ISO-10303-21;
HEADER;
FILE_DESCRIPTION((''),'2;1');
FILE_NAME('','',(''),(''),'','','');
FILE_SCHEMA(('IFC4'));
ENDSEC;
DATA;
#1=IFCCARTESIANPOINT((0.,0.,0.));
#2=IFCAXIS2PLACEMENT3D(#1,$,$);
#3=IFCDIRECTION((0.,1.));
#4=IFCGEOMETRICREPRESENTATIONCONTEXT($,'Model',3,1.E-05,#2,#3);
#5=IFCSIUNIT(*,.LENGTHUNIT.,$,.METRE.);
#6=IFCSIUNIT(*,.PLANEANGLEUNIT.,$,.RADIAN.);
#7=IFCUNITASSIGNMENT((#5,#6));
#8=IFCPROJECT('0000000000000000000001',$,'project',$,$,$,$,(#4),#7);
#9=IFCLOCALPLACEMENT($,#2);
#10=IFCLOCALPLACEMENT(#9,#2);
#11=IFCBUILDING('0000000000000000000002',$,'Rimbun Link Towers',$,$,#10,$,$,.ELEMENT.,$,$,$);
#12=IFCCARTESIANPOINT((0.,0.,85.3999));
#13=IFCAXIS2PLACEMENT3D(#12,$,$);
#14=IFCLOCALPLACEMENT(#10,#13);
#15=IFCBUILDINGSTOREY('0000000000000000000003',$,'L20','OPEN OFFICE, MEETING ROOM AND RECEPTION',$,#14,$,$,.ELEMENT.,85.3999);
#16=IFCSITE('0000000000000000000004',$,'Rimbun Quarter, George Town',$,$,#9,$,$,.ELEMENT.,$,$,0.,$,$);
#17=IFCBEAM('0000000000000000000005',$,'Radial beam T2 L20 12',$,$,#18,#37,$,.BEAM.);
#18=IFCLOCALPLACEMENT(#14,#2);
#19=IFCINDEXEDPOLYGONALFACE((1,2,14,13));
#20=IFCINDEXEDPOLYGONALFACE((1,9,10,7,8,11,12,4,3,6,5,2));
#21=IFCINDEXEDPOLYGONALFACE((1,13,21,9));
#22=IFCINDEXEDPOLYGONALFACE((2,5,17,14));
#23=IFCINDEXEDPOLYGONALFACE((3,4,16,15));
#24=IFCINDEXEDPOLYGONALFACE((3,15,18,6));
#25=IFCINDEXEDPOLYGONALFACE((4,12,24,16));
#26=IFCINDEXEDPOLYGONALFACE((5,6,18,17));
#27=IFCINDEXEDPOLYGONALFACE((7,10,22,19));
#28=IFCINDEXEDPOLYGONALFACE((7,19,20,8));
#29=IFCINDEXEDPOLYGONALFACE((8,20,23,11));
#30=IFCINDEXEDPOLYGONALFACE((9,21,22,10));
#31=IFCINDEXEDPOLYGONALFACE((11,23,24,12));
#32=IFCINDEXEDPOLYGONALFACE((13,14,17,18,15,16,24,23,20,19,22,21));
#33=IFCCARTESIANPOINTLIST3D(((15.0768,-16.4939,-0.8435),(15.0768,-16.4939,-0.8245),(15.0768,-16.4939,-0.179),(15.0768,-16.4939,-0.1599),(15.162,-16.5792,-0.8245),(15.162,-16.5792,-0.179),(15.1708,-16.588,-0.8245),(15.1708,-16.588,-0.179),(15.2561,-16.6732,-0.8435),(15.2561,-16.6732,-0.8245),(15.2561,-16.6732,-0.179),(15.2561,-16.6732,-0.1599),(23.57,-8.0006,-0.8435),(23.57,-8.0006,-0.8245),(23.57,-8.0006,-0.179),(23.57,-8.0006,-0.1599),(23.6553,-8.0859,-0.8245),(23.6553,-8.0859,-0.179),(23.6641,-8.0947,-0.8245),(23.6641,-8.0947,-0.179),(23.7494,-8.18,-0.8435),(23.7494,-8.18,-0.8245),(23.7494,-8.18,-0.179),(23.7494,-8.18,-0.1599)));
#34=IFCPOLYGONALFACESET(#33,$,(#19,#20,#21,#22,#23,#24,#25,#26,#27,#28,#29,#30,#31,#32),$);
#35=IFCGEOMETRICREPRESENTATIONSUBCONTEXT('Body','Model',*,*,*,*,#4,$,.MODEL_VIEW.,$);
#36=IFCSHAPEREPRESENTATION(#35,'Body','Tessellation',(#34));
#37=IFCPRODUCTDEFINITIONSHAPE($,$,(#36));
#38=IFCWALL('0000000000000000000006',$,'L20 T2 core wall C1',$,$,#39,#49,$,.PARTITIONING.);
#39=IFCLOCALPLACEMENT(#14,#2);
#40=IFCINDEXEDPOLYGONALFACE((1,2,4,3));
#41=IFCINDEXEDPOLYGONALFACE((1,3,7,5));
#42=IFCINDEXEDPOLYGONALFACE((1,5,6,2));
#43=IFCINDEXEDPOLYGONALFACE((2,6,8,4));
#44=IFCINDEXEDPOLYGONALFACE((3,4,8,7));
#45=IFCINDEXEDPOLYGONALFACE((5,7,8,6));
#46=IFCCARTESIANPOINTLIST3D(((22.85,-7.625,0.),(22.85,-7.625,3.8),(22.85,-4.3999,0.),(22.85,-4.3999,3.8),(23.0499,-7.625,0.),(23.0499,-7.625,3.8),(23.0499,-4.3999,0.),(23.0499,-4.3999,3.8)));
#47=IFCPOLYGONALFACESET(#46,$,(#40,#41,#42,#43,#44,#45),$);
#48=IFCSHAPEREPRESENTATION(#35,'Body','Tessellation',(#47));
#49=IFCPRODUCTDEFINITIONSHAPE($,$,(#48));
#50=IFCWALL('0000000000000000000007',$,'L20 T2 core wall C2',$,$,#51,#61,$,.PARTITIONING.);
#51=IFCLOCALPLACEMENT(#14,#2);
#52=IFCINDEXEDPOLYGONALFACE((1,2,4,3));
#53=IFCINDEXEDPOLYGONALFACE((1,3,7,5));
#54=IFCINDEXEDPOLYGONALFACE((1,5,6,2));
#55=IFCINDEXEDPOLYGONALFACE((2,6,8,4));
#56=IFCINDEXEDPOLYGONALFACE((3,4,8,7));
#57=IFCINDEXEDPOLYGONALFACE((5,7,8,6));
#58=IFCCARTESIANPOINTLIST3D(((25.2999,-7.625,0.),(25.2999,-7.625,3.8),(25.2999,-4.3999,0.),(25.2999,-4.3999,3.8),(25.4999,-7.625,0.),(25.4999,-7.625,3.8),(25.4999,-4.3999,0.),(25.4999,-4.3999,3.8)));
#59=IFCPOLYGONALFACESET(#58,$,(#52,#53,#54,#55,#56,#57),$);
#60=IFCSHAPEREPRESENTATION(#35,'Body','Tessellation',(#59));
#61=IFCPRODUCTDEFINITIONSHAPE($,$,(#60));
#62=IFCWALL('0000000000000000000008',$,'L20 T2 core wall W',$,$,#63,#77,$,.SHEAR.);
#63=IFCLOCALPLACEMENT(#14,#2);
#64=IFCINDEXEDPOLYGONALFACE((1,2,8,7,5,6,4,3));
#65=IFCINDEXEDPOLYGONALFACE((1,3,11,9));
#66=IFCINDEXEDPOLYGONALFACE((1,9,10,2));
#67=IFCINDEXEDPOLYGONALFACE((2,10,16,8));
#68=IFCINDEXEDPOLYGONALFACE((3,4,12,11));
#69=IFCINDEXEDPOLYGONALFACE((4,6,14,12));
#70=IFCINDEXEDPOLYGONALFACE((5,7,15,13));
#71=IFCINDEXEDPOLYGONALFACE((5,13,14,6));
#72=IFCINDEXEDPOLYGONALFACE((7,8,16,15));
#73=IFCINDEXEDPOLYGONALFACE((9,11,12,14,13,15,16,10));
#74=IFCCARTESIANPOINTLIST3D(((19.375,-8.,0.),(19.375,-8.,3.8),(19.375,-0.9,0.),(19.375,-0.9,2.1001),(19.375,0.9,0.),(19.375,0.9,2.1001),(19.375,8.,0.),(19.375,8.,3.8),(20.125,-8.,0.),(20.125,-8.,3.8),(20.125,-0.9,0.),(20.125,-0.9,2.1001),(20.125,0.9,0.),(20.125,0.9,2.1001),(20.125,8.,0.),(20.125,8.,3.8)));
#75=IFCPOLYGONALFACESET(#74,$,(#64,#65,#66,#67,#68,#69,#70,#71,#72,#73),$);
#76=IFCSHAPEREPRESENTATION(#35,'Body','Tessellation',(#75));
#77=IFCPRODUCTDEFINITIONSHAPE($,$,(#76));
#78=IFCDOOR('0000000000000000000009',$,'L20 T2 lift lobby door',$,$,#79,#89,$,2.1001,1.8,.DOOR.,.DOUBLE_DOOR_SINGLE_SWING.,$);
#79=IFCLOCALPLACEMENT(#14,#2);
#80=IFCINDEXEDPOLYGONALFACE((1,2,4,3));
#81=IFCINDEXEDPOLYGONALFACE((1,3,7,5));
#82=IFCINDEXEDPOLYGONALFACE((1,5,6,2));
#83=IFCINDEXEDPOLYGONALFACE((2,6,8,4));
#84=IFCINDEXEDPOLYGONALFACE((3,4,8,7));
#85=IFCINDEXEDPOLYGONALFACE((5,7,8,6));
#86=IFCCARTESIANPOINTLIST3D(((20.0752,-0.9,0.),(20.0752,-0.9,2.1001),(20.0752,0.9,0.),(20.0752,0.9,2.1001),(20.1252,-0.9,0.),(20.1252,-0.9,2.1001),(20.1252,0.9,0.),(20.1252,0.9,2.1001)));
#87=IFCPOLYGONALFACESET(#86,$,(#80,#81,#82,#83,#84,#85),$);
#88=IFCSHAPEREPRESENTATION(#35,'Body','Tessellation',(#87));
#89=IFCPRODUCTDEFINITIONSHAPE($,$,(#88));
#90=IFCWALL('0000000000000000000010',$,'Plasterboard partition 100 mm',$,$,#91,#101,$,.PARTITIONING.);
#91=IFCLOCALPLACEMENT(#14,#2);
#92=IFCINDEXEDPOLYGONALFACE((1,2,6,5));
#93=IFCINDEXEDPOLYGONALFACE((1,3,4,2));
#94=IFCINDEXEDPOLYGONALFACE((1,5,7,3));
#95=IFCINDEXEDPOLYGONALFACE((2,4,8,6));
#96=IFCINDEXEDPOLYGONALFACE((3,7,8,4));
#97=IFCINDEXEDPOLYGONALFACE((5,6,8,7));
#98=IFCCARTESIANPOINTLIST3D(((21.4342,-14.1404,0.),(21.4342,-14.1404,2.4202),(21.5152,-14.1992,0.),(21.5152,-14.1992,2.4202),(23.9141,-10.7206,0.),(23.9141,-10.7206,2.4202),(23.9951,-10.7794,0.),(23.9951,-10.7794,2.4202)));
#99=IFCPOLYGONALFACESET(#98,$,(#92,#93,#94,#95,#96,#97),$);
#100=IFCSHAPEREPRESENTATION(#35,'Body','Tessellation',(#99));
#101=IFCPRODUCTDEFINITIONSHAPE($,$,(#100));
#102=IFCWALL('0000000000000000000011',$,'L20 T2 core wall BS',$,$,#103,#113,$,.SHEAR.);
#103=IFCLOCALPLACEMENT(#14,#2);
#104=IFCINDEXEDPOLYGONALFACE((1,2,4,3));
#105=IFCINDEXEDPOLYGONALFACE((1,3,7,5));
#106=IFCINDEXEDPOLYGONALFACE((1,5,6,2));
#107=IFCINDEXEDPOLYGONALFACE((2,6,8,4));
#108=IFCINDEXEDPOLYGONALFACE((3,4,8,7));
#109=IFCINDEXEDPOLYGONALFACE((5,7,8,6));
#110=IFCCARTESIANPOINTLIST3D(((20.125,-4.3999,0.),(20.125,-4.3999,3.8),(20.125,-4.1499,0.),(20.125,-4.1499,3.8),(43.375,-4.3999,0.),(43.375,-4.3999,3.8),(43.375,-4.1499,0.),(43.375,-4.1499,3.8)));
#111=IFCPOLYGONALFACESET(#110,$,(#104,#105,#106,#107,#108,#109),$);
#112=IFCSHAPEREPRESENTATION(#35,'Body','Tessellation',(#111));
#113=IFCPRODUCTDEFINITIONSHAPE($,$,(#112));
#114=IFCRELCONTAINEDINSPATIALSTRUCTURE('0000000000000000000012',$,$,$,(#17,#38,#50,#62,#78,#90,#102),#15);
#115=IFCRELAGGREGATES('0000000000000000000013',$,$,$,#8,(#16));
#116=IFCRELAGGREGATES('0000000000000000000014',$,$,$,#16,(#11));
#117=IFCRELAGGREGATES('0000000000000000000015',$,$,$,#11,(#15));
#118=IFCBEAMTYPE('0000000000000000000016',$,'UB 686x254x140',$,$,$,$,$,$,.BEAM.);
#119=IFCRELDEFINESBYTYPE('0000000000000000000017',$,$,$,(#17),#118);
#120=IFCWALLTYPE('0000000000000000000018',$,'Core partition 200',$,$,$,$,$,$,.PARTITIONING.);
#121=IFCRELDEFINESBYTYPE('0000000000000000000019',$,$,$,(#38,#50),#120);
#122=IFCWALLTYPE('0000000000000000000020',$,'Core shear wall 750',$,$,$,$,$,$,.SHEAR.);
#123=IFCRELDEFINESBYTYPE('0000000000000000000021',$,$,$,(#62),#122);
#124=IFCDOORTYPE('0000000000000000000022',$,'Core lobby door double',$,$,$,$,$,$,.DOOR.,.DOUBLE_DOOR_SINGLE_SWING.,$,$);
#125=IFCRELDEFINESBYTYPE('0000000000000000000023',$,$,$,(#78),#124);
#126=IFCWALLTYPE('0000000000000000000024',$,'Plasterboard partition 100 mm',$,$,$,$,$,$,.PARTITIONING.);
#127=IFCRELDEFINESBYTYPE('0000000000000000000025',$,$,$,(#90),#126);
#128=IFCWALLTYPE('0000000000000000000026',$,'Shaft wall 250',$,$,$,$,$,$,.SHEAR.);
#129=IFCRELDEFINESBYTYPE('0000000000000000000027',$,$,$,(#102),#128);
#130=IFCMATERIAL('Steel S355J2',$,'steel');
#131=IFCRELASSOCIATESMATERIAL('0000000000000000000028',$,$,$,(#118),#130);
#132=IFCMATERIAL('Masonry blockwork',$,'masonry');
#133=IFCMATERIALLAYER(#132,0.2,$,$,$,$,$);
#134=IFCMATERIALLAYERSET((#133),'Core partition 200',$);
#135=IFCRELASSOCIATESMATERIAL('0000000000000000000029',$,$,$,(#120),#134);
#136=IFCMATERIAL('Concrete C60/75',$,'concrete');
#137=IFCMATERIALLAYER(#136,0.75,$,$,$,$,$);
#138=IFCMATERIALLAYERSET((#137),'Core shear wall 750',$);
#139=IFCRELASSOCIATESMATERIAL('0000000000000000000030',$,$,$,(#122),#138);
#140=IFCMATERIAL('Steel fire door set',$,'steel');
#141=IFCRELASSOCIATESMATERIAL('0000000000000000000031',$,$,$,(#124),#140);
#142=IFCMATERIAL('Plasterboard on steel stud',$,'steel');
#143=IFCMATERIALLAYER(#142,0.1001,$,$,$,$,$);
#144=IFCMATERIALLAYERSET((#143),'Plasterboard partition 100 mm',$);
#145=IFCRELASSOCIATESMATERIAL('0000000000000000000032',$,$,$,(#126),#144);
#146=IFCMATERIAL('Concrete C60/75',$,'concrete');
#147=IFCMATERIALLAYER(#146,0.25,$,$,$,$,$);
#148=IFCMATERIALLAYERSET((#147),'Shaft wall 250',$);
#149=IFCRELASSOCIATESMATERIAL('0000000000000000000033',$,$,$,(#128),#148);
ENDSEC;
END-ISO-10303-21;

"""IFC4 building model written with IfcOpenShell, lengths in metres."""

from ifc_helpers import new_model, si_unit, direction, frame, frame_2d, origin, origin_2d, place, context, subcontext, project, spatial, rectangle, i_section, extrude, material, layer, layer_set, material_profile, profile_set, type_object, element, fill, save


model = new_model("IFC4")

# Units and contexts
model_context = context("Model", 3, precision=1e-05, world=origin(), true_north=direction((0.0, 1.0)))
body_context = subcontext(model_context, "Body", "Model", "MODEL_VIEW")
ifc_project = project(units=[si_unit("LENGTHUNIT", "METRE"), si_unit("PLANEANGLEUNIT", "RADIAN")], contexts=[model_context])

# Site, building, storey
site_placement = place(None, origin())
site = spatial("IfcSite", under=ifc_project, at=site_placement, Name="Rimbun Quarter, George Town", CompositionType="ELEMENT", RefElevation=0.0)
building_placement = place(site_placement, origin())
building = spatial("IfcBuilding", under=site, at=building_placement, Name="Rimbun Link Towers", CompositionType="ELEMENT")
storey_placement = place(building_placement, frame((0.0, 0.0, 85.3999)))
storey = spatial("IfcBuildingStorey", under=building, at=storey_placement, Name="L20", Description="OPEN OFFICE, MEETING ROOM AND RECEPTION", CompositionType="ELEMENT", Elevation=85.3999)

# Beam
ifc_material_1 = material(Name="Steel S355J2", Category="steel")
ifc_material_profile = material_profile(ifc_material_1, i_section(OverallWidth=0.2537, OverallDepth=0.6836, WebThickness=0.0125, FlangeThickness=0.019, at=origin_2d()), Name="UB 686x254x140")
ifc_profile_set = profile_set([ifc_material_profile], Name="Steel S355J2")
beam_type = type_object("IfcBeamType", Name="UB 686x254x140", PredefinedType="BEAM", material=ifc_profile_set)
beam_placement = place(storey_placement, frame((23.6597, -8.0903, -0.5017), z_axis=(-0.707107, -0.707107, 0.0), x_axis=(0.707107, -0.707107, 0.0)))
element("IfcBeam", 1, at=beam_placement, inside=storey, type_object=beam_type, Name="Radial beam T2 L20 12", PredefinedType="BEAM", context=body_context, shape_type="SweptSolid", body=[
    extrude(i_section(OverallWidth=0.2537, OverallDepth=0.6836, WebThickness=0.0125, FlangeThickness=0.019, at=origin_2d()), origin(), (0.0, 0.0, 1.0), 12.0112),
])

# Walls
ifc_material_2 = material(Name="Masonry blockwork", Category="masonry")
ifc_layer_1 = layer(ifc_material_2, 0.2)
ifc_layer_set_1 = layer_set([ifc_layer_1], Name="Core partition 200")
wall_type_1 = type_object("IfcWallType", Name="Core partition 200", PredefinedType="PARTITIONING", material=ifc_layer_set_1)
for number, where, z_axis, x_axis, name in (
    (2, (22.95, -4.3999, 0.0), (0.0, 0.0, 1.0), (0.0, -1.0, 0.0), "L20 T2 core wall C1"),
    (3, (25.3999, -4.3999, 0.0), (0.0, 0.0, 1.0), (0.0, -1.0, 0.0), "L20 T2 core wall C2"),
):
    element("IfcWall", number, at=place(storey_placement, frame(where, z_axis=z_axis, x_axis=x_axis)), inside=storey, type_object=wall_type_1, Name=name, PredefinedType="PARTITIONING", context=body_context, shape_type="SweptSolid", body=[
        extrude(rectangle(XDim=3.2251, YDim=0.2, at=frame_2d((1.6125, 0.0))), origin(), (0.0, 0.0, 1.0), 3.8),
    ])

# Wall, opening, door
ifc_material_3 = material(Name="Concrete C60/75", Category="concrete")
ifc_layer_2 = layer(ifc_material_3, 0.75)
ifc_layer_set_2 = layer_set([ifc_layer_2], Name="Core shear wall 750")
wall_type_2 = type_object("IfcWallType", Name="Core shear wall 750", PredefinedType="SHEAR", material=ifc_layer_set_2)
wall_1_placement = place(storey_placement, frame((19.75, -8.0, 0.0), z_axis=(0.0, 0.0, 1.0), x_axis=(0.0, 1.0, 0.0)))
wall_1 = element("IfcWall", 4, at=wall_1_placement, inside=storey, type_object=wall_type_2, Name="L20 T2 core wall W", PredefinedType="SHEAR", context=body_context, shape_type="SweptSolid", body=[
    extrude(rectangle(XDim=16.0, YDim=0.75, at=frame_2d((8.0, 0.0))), origin(), (0.0, 0.0, 1.0), 3.8),
])
opening_1_placement = place(wall_1_placement, frame((7.1001, 0.0, 0.0)))
opening_1 = element("IfcOpeningElement", 5, at=opening_1_placement, cuts=wall_1, PredefinedType="OPENING", context=body_context, shape_type="SweptSolid", body=[
    extrude(rectangle(XDim=1.8, YDim=2.1001, at=frame_2d((0.8999, 1.05))), frame((0.0, 0.385, 0.0), z_axis=(0.0, -1.0, 0.0), x_axis=(1.0, 0.0, 0.0)), (0.0, 0.0, 1.0), 0.77),
])
ifc_material_4 = material(Name="Steel fire door set", Category="steel")
door_type_1 = type_object("IfcDoorType", Name="Core lobby door double", OperationType="DOUBLE_DOOR_SINGLE_SWING", PredefinedType="DOOR", material=ifc_material_4)
door_1_placement = place(opening_1_placement, origin())
door_1 = element("IfcDoor", 6, at=door_1_placement, inside=storey, type_object=door_type_1, Name="L20 T2 lift lobby door", OperationType="DOUBLE_DOOR_SINGLE_SWING", OverallHeight=2.1001, OverallWidth=1.8, PredefinedType="DOOR", context=body_context, shape_type="SweptSolid", body=[
    extrude(rectangle(XDim=1.8, YDim=2.1001, at=frame_2d((0.8999, 1.05))), frame((0.0, -0.3252, 0.0), z_axis=(0.0, -1.0, 0.0), x_axis=(1.0, 0.0, 0.0)), (0.0, 0.0, 1.0), 0.05),
])
fill(opening_1, door_1)

# Walls
ifc_material_5 = material(Name="Plasterboard on steel stud", Category="steel")
ifc_layer_3 = layer(ifc_material_5, 0.1001)
ifc_layer_set_3 = layer_set([ifc_layer_3], Name="Plasterboard partition 100 mm")
wall_type_3 = type_object("IfcWallType", Name="Plasterboard partition 100 mm", PredefinedType="PARTITIONING", material=ifc_layer_set_3)
wall_2_placement = place(storey_placement, frame((21.4746, -14.1699, 0.0), z_axis=(0.0, 0.0, 1.0), x_axis=(0.587051, 0.80955, 0.0)))
element("IfcWall", 7, at=wall_2_placement, inside=storey, type_object=wall_type_3, Name="Plasterboard partition 100 mm", PredefinedType="PARTITIONING", context=body_context, shape_type="SweptSolid", body=[
    extrude(rectangle(XDim=4.2244, YDim=0.1001, at=frame_2d((2.1123, 0.0))), origin(), (0.0, 0.0, 1.0), 2.4202),
])
ifc_material_6 = material(Name="Concrete C60/75", Category="concrete")
ifc_layer_4 = layer(ifc_material_6, 0.25)
ifc_layer_set_4 = layer_set([ifc_layer_4], Name="Shaft wall 250")
wall_type_4 = type_object("IfcWallType", Name="Shaft wall 250", PredefinedType="SHEAR", material=ifc_layer_set_4)
wall_3_placement = place(storey_placement, frame((20.125, -4.2749, 0.0), z_axis=(0.0, 0.0, 1.0), x_axis=(1.0, 0.0, 0.0)))
element("IfcWall", 8, at=wall_3_placement, inside=storey, type_object=wall_type_4, Name="L20 T2 core wall BS", PredefinedType="SHEAR", context=body_context, shape_type="SweptSolid", body=[
    extrude(rectangle(XDim=23.25, YDim=0.25, at=frame_2d((11.625, 0.0))), origin(), (0.0, 0.0, 1.0), 3.8),
])

save(model, "model.ifc")
